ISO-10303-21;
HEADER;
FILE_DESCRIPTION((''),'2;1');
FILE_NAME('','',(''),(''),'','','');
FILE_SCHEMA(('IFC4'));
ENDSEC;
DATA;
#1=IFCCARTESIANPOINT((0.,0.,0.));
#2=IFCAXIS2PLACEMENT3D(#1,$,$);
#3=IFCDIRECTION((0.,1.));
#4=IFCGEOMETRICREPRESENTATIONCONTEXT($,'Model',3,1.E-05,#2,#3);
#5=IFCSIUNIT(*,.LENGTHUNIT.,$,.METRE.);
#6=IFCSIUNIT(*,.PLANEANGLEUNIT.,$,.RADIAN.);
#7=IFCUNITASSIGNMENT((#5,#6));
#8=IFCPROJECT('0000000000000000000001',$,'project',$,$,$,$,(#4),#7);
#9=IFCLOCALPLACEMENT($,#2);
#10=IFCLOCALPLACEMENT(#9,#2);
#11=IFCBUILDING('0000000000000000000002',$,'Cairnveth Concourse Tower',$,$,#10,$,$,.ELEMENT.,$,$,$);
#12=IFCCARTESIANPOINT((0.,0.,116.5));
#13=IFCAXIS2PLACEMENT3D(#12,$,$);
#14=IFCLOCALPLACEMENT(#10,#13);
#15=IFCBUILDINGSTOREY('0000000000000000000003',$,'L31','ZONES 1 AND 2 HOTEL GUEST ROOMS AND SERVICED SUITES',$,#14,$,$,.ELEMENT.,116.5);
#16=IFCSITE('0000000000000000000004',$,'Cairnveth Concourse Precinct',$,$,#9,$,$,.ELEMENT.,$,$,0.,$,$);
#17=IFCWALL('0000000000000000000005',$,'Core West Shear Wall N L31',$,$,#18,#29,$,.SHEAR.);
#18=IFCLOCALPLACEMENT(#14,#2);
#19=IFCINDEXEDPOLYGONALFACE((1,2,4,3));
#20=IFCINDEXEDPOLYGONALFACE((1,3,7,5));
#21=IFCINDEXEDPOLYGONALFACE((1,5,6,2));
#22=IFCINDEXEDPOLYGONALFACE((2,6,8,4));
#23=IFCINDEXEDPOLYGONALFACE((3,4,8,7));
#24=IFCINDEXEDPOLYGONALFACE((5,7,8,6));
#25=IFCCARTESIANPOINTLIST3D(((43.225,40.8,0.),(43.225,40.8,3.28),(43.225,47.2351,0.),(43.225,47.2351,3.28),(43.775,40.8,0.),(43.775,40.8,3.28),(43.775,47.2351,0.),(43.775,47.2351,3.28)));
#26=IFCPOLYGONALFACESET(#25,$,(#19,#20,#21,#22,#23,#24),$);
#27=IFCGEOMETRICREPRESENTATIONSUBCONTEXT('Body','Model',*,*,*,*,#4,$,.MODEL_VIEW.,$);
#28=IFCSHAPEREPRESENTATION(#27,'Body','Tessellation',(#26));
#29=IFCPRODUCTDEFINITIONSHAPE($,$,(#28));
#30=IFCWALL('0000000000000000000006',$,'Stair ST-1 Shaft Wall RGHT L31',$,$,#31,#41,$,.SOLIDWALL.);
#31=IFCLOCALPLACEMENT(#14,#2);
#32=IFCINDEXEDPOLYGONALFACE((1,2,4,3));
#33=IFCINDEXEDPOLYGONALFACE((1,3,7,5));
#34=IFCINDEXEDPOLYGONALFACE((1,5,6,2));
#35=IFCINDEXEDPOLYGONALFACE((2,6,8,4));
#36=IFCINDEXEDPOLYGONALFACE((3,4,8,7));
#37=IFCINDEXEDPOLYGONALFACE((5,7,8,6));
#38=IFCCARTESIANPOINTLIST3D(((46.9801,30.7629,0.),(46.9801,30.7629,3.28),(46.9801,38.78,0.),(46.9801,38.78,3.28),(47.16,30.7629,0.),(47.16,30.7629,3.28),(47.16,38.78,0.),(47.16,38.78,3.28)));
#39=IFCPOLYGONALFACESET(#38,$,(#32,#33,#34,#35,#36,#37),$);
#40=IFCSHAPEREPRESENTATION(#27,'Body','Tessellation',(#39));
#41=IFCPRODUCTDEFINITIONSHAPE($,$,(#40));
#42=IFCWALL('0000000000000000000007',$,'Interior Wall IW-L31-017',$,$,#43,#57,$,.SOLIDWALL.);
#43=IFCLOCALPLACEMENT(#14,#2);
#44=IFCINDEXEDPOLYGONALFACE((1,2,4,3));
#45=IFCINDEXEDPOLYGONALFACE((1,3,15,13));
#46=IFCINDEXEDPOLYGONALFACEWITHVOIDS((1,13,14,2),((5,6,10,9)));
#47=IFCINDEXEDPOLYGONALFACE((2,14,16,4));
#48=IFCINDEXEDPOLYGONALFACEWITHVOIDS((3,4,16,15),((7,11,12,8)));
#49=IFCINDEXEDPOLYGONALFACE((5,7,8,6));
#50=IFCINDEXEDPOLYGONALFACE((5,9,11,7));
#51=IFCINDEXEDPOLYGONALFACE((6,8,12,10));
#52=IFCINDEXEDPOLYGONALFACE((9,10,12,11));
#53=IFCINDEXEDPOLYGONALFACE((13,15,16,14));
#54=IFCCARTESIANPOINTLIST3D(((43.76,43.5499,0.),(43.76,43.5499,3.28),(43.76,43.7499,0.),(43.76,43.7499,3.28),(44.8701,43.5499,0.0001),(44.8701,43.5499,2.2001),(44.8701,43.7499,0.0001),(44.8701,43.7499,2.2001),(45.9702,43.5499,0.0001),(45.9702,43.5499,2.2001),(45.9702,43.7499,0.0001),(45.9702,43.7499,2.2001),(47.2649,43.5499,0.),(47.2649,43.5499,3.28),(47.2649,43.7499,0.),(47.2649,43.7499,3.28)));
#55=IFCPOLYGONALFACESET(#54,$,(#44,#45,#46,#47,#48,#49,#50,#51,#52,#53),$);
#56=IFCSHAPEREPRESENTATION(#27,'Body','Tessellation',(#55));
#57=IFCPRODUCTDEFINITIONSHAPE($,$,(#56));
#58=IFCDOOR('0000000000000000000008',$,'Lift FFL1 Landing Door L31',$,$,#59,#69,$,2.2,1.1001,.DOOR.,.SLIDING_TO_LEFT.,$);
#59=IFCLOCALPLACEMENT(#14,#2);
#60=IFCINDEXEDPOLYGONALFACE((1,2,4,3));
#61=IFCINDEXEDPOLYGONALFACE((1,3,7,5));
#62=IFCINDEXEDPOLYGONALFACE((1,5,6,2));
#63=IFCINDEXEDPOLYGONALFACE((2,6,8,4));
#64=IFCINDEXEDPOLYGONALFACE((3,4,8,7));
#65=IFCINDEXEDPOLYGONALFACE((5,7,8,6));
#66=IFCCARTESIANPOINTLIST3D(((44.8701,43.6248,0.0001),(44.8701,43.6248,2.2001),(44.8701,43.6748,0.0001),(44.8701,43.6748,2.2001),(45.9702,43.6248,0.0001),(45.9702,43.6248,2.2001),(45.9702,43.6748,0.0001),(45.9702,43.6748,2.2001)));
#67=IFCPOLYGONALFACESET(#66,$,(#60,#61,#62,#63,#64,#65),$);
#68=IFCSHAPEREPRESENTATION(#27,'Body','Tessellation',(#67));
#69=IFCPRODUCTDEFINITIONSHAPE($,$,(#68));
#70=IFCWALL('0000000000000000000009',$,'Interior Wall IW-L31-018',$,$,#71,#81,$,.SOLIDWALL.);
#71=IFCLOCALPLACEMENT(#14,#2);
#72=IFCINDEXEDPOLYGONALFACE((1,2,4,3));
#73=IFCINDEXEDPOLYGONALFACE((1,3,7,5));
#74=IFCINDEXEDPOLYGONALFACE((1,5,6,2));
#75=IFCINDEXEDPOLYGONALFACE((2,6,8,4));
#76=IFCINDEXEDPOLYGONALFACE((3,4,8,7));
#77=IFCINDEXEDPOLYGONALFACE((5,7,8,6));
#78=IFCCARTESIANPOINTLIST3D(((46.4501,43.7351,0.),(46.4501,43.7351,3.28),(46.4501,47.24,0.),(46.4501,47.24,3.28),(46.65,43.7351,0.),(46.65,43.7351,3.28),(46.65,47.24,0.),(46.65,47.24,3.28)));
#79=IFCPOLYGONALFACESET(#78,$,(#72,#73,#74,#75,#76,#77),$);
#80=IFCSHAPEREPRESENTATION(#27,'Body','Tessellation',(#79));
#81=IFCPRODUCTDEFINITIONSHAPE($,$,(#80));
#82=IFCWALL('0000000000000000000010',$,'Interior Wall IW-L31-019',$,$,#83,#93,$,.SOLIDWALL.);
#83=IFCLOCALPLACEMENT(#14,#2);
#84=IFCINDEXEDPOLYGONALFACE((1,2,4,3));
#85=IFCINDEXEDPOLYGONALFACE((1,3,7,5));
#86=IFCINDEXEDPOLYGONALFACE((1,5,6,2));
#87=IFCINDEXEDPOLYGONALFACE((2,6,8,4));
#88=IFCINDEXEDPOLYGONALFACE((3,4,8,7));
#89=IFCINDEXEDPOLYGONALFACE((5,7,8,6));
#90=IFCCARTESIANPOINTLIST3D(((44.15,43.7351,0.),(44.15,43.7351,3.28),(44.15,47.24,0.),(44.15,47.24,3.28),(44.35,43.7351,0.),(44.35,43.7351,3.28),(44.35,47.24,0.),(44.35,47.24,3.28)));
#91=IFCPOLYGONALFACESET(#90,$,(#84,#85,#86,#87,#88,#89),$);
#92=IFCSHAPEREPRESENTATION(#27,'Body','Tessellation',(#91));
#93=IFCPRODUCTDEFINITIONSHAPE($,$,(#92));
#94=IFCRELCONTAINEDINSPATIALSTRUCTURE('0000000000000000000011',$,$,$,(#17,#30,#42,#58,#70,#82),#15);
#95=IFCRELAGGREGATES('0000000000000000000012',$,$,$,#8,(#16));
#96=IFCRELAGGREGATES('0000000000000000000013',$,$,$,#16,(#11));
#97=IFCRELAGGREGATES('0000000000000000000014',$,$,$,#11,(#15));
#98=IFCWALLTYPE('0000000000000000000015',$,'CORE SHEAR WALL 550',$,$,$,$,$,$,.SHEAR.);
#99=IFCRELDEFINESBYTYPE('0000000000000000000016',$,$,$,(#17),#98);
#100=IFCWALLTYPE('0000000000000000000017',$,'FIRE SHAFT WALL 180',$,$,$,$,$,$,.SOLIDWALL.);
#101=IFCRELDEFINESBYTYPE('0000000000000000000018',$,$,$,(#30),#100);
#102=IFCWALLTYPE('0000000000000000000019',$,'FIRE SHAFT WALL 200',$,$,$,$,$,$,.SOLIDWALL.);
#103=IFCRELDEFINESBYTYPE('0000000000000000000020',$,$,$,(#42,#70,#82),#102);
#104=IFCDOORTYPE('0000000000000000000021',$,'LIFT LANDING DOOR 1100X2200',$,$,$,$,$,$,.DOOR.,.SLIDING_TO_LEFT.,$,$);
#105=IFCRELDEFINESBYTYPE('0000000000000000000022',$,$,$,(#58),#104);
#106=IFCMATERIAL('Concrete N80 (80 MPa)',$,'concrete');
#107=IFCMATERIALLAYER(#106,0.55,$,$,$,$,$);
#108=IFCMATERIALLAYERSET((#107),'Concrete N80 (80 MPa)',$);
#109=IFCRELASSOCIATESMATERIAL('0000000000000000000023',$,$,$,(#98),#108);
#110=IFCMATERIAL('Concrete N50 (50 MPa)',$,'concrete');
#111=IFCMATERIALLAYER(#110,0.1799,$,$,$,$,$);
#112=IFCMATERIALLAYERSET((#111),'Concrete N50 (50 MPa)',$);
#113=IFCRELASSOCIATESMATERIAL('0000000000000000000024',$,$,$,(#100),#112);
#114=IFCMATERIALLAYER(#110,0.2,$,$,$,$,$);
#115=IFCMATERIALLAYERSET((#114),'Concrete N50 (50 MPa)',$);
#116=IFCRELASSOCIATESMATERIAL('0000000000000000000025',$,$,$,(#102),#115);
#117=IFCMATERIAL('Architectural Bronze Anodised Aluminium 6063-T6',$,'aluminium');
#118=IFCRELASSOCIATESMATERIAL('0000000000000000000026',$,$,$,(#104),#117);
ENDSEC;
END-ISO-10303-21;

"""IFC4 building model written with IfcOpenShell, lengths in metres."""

from ifc_helpers import new_model, si_unit, direction, frame, frame_2d, origin, place, context, subcontext, project, spatial, rectangle, extrude, material, layer, layer_set, type_object, element, fill, save


model = new_model("IFC4")

# Units and contexts
model_context = context("Model", 3, precision=1e-05, world=origin(), true_north=direction((0.0, 1.0)))
body_context = subcontext(model_context, "Body", "Model", "MODEL_VIEW")
ifc_project = project(units=[si_unit("LENGTHUNIT", "METRE"), si_unit("PLANEANGLEUNIT", "RADIAN")], contexts=[model_context])

# Site, building, storey
site_placement = place(None, origin())
site = spatial("IfcSite", under=ifc_project, at=site_placement, Name="Cairnveth Concourse Precinct", CompositionType="ELEMENT", RefElevation=0.0)
building_placement = place(site_placement, origin())
building = spatial("IfcBuilding", under=site, at=building_placement, Name="Cairnveth Concourse Tower", CompositionType="ELEMENT")
storey_placement = place(building_placement, frame((0.0, 0.0, 116.5)))
storey = spatial("IfcBuildingStorey", under=building, at=storey_placement, Name="L31", Description="ZONES 1 AND 2 HOTEL GUEST ROOMS AND SERVICED SUITES", CompositionType="ELEMENT", Elevation=116.5)

# Wall
ifc_material_1 = material(Name="Concrete N80 (80 MPa)", Category="concrete")
ifc_layer_1 = layer(ifc_material_1, 0.55)
ifc_layer_set_1 = layer_set([ifc_layer_1], Name="Concrete N80 (80 MPa)")
wall_type_1 = type_object("IfcWallType", Name="CORE SHEAR WALL 550", PredefinedType="SHEAR", material=ifc_layer_set_1)
wall_1_placement = place(storey_placement, frame((43.5, 40.8, 0.0), z_axis=(0.0, 0.0, 1.0), x_axis=(0.0, 1.0, 0.0)))
element("IfcWall", 1, at=wall_1_placement, inside=storey, type_object=wall_type_1, Name="Core West Shear Wall N L31", PredefinedType="SHEAR", context=body_context, shape_type="SweptSolid", body=[
    extrude(rectangle(XDim=6.4351, YDim=0.55, at=frame_2d((3.2175, 0.0))), origin(), (0.0, 0.0, 1.0), 3.28),
])

# Shared definitions
ifc_material_2 = material(Name="Concrete N50 (50 MPa)", Category="concrete")
ifc_layer_2 = layer(ifc_material_2, 0.1799)
ifc_layer_set_2 = layer_set([ifc_layer_2], Name="Concrete N50 (50 MPa)")
wall_type_2 = type_object("IfcWallType", Name="FIRE SHAFT WALL 180", PredefinedType="SOLIDWALL", material=ifc_layer_set_2)

# Wall
wall_2_placement = place(storey_placement, frame((47.0701, 38.78, 0.0), z_axis=(0.0, 0.0, 1.0), x_axis=(0.0, -1.0, 0.0)))
element("IfcWall", 2, at=wall_2_placement, inside=storey, type_object=wall_type_2, Name="Stair ST-1 Shaft Wall RGHT L31", PredefinedType="SOLIDWALL", context=body_context, shape_type="SweptSolid", body=[
    extrude(rectangle(XDim=8.0171, YDim=0.1799, at=frame_2d((4.0085, 0.0))), origin(), (0.0, 0.0, 1.0), 3.28),
])

# Wall, opening, door
ifc_layer_3 = layer(ifc_material_2, 0.2)
ifc_layer_set_3 = layer_set([ifc_layer_3], Name="Concrete N50 (50 MPa)")
wall_type_3 = type_object("IfcWallType", Name="FIRE SHAFT WALL 200", PredefinedType="SOLIDWALL", material=ifc_layer_set_3)
wall_3_placement = place(storey_placement, frame((43.76, 43.6499, 0.0), z_axis=(0.0, 0.0, 1.0), x_axis=(1.0, 0.0, 0.0)))
wall_3 = element("IfcWall", 3, at=wall_3_placement, inside=storey, type_object=wall_type_3, Name="Interior Wall IW-L31-017", PredefinedType="SOLIDWALL", context=body_context, shape_type="SweptSolid", body=[
    extrude(rectangle(XDim=3.5049, YDim=0.2, at=frame_2d((1.7524, 0.0))), origin(), (0.0, 0.0, 1.0), 3.28),
])
opening_1_placement = place(wall_3_placement, frame((1.1101, 0.0, 0.0)))
opening_1 = element("IfcOpeningElement", 4, at=opening_1_placement, cuts=wall_3, PredefinedType="OPENING", context=body_context, shape_type="SweptSolid", body=[
    extrude(rectangle(XDim=1.1001, YDim=2.2, at=frame_2d((0.55, 1.1001))), frame((0.0, 0.1099, 0.0), z_axis=(0.0, -1.0, 0.0), x_axis=(1.0, 0.0, 0.0)), (0.0, 0.0, 1.0), 0.22),
])
ifc_material_3 = material(Name="Architectural Bronze Anodised Aluminium 6063-T6", Category="aluminium")
door_type_1 = type_object("IfcDoorType", Name="LIFT LANDING DOOR 1100X2200", OperationType="SLIDING_TO_LEFT", PredefinedType="DOOR", material=ifc_material_3)
door_1_placement = place(opening_1_placement, origin())
door_1 = element("IfcDoor", 5, at=door_1_placement, inside=storey, type_object=door_type_1, Name="Lift FFL1 Landing Door L31", OperationType="SLIDING_TO_LEFT", OverallHeight=2.2, OverallWidth=1.1001, PredefinedType="DOOR", context=body_context, shape_type="SweptSolid", body=[
    extrude(rectangle(XDim=1.1001, YDim=2.2, at=frame_2d((0.55, 1.1001))), frame((0.0, 0.0249, 0.0), z_axis=(0.0, -1.0, 0.0), x_axis=(1.0, 0.0, 0.0)), (0.0, 0.0, 1.0), 0.05),
])
fill(opening_1, door_1)

# Walls
for number, where, z_axis, x_axis, name in (
    (6, (46.55, 43.7351, 0.0), (0.0, 0.0, 1.0), (0.0, 1.0, 0.0), "Interior Wall IW-L31-018"),
    (7, (44.25, 43.7351, 0.0), (0.0, 0.0, 1.0), (0.0, 1.0, 0.0), "Interior Wall IW-L31-019"),
):
    element("IfcWall", number, at=place(storey_placement, frame(where, z_axis=z_axis, x_axis=x_axis)), inside=storey, type_object=wall_type_3, Name=name, PredefinedType="SOLIDWALL", context=body_context, shape_type="SweptSolid", body=[
        extrude(rectangle(XDim=3.5049, YDim=0.2, at=frame_2d((1.7524, 0.0))), origin(), (0.0, 0.0, 1.0), 3.28),
    ])

save(model, "model.ifc")
